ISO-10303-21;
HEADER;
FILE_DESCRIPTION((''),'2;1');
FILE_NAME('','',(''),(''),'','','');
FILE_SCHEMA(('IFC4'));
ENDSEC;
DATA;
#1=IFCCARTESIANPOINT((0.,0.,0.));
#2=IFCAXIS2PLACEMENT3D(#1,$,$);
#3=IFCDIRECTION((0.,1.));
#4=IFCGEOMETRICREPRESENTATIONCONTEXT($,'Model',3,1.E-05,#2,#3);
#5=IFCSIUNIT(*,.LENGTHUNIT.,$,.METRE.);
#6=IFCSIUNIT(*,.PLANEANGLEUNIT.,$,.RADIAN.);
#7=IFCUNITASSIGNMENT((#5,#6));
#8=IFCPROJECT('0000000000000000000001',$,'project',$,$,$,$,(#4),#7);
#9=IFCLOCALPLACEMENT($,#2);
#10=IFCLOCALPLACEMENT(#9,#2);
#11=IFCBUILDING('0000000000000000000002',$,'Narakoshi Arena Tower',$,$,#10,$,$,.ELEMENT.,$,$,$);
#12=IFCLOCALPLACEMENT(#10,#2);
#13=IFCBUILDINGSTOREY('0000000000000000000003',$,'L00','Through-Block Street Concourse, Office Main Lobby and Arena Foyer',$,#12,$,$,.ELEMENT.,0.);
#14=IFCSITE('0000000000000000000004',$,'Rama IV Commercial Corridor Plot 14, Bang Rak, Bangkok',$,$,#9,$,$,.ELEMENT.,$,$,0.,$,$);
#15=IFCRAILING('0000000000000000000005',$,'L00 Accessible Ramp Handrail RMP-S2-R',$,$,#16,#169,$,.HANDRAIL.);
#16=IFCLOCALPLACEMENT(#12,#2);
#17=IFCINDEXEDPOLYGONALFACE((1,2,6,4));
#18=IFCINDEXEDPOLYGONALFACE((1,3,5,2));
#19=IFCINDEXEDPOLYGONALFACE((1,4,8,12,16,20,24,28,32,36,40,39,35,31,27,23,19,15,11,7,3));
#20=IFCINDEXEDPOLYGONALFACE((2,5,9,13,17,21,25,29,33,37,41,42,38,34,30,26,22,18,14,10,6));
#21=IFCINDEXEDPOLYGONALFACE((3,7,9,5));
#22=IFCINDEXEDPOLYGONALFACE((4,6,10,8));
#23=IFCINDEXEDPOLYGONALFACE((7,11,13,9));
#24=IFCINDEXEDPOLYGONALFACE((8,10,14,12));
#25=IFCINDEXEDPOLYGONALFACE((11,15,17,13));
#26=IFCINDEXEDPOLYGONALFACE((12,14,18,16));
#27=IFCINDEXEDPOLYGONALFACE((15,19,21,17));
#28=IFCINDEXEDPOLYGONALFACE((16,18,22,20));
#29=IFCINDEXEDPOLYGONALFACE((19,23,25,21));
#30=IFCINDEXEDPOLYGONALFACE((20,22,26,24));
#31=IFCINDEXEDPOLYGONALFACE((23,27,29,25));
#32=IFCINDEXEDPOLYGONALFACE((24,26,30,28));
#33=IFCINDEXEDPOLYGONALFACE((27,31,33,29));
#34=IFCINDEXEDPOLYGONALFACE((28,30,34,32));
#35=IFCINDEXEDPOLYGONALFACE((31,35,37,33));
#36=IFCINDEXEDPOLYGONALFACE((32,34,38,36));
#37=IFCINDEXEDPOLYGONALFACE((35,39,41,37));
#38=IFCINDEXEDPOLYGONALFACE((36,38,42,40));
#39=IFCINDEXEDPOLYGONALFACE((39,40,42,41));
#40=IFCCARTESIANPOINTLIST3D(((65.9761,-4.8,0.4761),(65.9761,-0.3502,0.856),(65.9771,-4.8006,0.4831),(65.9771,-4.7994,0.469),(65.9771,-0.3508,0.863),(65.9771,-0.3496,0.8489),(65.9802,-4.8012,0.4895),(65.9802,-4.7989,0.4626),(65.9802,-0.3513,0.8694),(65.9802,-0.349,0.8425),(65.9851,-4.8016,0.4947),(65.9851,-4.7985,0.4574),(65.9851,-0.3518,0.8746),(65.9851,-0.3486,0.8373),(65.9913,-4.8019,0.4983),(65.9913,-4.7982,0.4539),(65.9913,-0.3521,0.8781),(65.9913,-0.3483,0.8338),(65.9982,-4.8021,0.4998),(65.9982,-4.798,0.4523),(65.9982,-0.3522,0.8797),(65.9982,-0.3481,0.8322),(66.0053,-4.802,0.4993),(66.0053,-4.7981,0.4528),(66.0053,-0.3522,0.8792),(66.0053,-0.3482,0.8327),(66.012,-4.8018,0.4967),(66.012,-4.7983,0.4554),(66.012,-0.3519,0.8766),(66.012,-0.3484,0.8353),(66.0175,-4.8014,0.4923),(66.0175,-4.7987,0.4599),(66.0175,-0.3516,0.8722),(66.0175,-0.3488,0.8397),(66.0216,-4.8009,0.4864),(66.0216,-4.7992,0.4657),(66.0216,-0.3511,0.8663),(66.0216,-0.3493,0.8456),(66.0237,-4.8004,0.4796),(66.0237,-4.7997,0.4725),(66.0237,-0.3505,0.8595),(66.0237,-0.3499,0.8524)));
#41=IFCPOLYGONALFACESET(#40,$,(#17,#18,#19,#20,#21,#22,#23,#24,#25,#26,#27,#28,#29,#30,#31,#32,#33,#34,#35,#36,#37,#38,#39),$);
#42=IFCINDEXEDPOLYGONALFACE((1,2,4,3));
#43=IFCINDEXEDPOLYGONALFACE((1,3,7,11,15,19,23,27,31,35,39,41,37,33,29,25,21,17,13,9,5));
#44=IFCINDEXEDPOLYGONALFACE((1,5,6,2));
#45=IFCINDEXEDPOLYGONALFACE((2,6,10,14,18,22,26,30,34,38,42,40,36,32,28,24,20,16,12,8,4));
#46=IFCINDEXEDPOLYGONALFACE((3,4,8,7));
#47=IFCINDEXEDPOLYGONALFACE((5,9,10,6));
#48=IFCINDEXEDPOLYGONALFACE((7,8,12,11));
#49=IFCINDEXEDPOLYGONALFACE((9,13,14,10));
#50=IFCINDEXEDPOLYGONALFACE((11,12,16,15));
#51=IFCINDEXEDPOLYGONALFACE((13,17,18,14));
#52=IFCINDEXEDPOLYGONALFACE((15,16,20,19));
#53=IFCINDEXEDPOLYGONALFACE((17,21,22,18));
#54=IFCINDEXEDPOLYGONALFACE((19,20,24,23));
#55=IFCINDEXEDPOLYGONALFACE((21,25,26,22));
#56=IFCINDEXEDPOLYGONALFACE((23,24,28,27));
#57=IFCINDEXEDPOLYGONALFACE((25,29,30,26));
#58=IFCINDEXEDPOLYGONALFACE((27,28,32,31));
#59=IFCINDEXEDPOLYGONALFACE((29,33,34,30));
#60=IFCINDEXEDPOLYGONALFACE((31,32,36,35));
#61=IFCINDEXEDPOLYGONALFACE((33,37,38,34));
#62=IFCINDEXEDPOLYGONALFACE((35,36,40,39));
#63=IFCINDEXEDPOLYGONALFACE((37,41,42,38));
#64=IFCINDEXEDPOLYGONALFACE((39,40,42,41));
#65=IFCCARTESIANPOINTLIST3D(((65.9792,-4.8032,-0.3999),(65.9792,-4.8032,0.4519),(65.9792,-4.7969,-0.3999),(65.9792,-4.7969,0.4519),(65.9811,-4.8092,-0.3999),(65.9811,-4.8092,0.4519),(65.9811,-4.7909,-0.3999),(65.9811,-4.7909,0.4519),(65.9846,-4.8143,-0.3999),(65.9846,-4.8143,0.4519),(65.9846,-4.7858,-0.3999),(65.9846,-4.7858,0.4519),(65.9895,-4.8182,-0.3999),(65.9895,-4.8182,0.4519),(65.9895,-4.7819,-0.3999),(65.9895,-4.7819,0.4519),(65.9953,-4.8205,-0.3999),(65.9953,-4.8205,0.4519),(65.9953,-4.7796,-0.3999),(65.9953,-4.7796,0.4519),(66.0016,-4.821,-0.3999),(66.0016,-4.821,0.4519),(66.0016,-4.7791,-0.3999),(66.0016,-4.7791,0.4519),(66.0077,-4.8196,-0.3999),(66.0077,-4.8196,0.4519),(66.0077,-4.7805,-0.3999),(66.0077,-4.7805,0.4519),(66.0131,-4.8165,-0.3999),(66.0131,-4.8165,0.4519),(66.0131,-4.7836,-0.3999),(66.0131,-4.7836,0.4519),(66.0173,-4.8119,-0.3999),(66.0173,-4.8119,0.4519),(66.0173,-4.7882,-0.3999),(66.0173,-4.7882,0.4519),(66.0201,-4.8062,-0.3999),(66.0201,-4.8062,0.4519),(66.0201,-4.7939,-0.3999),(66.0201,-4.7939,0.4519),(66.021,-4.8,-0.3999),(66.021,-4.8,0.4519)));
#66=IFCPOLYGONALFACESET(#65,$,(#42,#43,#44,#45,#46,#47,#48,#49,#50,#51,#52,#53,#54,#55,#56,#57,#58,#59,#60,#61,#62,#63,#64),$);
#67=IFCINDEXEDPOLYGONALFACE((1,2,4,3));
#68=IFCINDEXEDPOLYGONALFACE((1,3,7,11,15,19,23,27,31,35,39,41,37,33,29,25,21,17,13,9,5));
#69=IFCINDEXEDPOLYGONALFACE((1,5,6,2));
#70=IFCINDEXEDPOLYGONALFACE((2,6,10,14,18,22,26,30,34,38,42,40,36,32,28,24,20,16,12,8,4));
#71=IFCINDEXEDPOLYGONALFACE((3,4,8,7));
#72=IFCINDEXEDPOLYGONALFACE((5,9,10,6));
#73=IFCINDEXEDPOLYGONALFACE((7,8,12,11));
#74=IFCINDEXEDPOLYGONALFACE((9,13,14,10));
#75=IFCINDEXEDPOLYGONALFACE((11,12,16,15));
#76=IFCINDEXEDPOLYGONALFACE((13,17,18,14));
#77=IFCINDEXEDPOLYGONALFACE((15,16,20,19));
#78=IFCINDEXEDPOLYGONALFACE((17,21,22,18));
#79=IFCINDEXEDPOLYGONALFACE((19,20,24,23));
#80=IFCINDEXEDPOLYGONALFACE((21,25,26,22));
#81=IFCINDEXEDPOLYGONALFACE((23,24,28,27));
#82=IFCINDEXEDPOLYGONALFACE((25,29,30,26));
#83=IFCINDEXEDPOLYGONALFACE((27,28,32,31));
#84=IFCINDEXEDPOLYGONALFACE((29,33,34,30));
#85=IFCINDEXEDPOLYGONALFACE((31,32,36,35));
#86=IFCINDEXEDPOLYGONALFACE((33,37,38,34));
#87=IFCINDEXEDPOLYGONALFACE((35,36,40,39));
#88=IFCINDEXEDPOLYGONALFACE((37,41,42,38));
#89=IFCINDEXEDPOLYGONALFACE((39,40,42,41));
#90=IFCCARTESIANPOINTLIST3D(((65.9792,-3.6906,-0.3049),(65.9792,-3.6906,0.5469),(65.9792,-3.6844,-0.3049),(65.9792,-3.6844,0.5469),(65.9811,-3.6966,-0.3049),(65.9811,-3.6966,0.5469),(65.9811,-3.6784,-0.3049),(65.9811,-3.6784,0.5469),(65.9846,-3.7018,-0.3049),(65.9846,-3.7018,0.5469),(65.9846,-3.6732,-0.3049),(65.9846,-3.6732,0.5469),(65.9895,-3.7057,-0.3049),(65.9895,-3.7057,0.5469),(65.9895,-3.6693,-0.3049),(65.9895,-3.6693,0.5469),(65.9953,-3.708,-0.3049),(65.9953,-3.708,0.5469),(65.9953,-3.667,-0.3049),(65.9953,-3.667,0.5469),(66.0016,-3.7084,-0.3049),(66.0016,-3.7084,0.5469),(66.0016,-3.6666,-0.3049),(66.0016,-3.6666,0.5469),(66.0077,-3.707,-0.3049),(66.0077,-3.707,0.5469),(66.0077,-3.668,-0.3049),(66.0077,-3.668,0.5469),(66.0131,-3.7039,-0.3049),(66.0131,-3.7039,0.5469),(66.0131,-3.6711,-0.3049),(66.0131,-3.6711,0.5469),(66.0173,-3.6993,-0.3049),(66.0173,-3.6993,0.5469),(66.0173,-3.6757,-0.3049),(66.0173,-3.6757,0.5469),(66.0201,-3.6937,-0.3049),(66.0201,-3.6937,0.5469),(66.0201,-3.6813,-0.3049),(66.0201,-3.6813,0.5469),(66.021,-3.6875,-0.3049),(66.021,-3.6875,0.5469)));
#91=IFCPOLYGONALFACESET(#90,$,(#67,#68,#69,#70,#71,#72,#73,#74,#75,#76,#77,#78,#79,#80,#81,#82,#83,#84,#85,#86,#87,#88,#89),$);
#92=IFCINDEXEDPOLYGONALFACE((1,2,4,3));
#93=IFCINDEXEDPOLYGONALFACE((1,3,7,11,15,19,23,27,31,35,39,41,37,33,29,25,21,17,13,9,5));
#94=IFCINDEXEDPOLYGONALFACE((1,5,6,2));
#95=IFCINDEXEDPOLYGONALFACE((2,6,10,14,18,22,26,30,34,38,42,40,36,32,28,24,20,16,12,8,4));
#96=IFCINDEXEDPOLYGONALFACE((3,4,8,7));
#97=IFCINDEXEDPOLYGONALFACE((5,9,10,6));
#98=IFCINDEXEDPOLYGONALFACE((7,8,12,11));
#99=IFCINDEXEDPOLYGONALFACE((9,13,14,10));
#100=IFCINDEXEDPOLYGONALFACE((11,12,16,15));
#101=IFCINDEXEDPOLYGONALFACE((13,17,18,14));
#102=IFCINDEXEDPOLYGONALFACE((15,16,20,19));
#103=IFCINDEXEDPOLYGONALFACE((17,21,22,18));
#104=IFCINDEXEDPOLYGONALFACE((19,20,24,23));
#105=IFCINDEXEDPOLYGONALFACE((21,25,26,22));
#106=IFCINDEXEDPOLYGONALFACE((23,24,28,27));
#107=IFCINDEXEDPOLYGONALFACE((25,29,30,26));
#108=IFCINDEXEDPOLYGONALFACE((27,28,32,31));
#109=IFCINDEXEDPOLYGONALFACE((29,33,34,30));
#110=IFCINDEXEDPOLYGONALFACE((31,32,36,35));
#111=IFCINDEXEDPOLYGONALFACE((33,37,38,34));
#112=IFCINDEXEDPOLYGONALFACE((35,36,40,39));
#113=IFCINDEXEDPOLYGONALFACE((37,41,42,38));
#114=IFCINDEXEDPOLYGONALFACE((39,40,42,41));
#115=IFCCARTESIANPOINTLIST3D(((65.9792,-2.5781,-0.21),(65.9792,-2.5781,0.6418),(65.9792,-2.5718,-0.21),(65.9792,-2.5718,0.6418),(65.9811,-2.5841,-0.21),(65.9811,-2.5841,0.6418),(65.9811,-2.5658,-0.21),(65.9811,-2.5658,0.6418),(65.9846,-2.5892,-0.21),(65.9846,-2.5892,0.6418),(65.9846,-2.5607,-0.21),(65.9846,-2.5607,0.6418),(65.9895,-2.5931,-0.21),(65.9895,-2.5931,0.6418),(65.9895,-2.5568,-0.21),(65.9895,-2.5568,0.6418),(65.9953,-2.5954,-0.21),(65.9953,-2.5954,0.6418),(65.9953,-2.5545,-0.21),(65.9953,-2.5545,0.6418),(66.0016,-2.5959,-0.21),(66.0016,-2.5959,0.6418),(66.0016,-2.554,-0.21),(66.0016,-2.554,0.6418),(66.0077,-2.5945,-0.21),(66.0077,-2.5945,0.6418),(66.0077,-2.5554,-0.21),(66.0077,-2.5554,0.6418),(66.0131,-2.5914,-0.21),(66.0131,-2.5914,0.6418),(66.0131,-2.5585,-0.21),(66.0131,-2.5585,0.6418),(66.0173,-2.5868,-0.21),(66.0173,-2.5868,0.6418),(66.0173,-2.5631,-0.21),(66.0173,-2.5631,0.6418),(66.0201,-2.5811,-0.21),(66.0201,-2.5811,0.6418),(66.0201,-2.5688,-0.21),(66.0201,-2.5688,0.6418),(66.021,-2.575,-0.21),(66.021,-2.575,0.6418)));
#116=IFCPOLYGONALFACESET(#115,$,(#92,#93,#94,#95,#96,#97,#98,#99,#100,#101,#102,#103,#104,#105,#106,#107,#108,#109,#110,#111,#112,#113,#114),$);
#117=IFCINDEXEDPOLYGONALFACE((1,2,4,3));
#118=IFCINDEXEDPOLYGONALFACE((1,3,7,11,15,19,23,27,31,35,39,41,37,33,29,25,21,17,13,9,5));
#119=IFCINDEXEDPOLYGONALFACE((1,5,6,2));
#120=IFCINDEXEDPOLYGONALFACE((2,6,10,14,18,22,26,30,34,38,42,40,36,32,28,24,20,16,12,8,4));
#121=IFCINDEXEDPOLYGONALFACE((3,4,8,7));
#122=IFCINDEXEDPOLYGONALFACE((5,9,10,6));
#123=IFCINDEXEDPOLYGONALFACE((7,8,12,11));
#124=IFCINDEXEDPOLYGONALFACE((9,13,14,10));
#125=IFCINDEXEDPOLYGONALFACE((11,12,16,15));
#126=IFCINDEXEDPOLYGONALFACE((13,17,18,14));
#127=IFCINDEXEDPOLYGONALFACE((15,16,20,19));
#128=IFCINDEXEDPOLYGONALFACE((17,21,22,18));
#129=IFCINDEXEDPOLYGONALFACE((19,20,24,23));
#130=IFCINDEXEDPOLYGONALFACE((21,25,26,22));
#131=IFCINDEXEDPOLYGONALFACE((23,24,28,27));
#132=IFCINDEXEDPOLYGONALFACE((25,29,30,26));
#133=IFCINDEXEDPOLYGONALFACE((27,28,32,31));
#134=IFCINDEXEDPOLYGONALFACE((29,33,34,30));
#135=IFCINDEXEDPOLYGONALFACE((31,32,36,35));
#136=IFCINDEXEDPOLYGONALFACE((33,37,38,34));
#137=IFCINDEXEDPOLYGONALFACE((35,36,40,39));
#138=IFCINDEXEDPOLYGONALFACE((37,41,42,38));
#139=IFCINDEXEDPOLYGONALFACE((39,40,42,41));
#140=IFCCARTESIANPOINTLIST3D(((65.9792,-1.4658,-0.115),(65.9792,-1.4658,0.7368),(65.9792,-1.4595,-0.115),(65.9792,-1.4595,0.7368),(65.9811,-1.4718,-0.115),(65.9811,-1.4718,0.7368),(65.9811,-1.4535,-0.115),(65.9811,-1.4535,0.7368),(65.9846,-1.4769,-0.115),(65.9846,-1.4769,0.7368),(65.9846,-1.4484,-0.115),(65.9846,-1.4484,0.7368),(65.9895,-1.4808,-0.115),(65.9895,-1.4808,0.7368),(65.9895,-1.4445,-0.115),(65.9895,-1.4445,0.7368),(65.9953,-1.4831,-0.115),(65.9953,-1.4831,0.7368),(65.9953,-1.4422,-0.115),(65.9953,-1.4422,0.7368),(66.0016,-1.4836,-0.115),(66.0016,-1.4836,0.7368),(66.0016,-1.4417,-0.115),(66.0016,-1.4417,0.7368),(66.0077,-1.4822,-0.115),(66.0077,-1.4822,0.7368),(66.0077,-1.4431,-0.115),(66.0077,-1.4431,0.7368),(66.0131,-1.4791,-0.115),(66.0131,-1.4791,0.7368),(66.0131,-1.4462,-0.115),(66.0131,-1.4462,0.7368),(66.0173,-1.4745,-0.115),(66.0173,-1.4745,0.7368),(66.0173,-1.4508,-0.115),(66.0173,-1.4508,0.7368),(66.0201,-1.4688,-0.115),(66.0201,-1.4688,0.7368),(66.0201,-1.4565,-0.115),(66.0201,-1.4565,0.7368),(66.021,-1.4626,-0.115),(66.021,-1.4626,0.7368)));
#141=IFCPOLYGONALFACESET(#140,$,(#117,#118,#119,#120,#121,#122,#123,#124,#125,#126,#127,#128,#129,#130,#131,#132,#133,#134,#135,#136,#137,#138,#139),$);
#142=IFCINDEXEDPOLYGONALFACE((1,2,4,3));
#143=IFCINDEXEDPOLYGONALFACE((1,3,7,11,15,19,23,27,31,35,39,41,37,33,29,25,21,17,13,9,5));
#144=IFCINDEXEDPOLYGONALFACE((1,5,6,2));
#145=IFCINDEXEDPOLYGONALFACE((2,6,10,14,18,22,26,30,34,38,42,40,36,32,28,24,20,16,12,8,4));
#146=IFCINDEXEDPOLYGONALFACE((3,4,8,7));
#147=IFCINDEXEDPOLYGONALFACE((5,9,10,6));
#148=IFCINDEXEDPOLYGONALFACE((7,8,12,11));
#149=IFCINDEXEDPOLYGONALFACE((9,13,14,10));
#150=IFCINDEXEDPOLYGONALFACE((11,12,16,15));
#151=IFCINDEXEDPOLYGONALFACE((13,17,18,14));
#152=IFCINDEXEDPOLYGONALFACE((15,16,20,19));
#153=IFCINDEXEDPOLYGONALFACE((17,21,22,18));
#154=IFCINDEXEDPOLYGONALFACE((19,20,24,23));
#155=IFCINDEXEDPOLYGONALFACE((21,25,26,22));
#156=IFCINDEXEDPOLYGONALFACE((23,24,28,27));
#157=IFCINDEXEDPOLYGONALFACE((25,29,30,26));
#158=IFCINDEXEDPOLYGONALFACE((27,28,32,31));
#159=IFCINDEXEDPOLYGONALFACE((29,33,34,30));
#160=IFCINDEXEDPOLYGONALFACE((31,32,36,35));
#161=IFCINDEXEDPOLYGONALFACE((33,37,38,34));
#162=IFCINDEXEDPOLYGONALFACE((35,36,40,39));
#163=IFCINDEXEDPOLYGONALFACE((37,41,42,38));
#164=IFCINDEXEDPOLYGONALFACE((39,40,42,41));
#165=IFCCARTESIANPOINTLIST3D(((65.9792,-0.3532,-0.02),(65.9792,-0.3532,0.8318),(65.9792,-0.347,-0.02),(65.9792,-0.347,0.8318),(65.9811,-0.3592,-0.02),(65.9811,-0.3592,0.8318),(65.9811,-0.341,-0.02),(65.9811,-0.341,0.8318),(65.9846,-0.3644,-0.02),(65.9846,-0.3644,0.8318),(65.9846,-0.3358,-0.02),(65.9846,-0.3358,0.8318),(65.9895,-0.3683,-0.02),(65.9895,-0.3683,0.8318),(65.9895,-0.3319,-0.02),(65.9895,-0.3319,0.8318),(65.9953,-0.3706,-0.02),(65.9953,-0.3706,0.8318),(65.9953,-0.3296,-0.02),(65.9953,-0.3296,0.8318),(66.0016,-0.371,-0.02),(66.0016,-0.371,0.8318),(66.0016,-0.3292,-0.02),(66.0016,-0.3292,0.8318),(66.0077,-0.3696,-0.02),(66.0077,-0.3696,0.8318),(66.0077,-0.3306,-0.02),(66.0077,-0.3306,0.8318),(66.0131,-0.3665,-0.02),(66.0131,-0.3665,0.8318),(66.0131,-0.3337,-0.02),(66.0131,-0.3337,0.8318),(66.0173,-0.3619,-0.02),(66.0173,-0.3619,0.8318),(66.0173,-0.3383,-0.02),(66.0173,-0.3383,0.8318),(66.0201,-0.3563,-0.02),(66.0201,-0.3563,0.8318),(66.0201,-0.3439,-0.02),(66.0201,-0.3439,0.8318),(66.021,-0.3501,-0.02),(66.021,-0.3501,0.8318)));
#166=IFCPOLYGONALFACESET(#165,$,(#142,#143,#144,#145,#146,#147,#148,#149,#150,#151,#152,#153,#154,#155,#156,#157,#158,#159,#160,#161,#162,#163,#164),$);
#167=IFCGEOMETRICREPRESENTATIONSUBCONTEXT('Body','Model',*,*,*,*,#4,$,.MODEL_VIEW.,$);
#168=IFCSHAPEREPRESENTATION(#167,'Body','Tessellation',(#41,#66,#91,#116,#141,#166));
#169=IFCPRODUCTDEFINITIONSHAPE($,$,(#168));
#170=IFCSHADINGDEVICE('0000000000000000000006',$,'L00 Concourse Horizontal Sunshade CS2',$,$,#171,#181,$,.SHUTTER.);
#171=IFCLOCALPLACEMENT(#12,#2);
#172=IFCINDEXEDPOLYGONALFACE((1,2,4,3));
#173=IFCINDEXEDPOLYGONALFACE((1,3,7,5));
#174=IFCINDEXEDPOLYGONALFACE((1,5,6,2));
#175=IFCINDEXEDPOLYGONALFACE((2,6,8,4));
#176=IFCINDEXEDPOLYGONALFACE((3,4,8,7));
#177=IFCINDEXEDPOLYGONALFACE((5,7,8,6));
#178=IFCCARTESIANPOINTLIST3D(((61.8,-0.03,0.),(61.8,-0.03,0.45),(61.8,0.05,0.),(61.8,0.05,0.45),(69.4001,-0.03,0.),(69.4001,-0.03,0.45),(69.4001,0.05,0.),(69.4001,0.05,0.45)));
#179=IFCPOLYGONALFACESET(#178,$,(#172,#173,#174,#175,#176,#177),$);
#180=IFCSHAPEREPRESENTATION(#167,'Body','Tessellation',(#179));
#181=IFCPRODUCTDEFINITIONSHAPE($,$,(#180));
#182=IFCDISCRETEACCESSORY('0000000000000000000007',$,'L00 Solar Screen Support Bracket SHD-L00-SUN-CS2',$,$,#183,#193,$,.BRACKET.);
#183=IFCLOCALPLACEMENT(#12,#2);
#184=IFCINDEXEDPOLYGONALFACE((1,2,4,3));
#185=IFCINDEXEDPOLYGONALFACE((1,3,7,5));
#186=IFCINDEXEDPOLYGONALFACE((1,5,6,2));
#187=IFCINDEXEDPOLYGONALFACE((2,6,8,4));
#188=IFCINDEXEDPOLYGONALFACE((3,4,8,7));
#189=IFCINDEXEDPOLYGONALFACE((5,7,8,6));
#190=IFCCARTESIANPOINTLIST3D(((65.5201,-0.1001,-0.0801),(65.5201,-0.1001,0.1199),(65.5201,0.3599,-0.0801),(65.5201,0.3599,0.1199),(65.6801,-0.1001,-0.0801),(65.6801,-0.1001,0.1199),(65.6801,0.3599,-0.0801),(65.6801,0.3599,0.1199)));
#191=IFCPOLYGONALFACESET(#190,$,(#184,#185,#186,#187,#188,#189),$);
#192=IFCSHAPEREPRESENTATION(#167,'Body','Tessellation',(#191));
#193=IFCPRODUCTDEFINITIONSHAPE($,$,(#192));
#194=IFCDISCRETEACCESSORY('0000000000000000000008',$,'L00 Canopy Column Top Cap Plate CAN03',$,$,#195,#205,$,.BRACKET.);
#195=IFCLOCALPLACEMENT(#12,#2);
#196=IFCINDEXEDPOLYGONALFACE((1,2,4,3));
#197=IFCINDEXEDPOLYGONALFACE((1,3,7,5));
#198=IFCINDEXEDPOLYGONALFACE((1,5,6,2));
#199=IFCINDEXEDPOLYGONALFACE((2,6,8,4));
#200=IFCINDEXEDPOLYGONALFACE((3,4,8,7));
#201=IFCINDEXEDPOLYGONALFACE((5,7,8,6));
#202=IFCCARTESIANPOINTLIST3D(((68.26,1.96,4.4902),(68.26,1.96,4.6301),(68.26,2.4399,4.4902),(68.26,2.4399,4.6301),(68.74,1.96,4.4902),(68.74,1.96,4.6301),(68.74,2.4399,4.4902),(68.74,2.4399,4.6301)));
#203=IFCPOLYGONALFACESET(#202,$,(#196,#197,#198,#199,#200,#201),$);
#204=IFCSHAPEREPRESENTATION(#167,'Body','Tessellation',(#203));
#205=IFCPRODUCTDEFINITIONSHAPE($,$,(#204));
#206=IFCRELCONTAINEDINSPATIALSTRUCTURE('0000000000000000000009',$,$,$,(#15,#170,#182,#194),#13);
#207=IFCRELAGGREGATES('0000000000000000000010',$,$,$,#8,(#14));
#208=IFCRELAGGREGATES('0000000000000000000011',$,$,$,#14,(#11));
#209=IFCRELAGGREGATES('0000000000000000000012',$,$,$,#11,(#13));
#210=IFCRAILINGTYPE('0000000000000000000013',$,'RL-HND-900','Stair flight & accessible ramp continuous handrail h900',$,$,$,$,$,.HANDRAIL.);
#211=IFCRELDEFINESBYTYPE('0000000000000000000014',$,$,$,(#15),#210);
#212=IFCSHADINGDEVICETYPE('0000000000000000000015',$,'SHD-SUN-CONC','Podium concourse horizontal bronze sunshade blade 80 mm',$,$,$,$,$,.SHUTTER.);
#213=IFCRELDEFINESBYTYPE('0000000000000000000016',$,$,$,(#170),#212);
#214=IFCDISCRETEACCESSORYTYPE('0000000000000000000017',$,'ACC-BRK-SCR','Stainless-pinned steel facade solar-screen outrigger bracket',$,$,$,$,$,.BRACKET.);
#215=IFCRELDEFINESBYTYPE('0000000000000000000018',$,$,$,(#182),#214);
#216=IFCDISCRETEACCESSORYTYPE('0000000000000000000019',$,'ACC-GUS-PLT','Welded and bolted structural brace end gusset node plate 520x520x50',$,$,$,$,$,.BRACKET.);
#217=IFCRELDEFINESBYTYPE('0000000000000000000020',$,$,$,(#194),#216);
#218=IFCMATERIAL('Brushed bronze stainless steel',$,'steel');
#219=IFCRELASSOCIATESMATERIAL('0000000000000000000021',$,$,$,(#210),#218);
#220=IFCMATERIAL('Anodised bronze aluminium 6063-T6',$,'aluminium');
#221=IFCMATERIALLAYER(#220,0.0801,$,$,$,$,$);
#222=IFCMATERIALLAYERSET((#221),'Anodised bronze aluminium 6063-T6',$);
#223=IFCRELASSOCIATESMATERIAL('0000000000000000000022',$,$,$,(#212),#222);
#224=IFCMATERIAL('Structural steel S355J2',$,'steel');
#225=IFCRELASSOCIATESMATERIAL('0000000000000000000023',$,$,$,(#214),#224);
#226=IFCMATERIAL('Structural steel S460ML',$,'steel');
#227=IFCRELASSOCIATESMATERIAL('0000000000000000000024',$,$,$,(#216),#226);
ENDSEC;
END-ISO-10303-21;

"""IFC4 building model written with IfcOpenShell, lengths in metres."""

from ifc_helpers import new_model, si_unit, direction, frame, origin, origin_2d, place, context, subcontext, project, spatial, rectangle, circle, extrude, material, layer, layer_set, type_object, element, save


model = new_model("IFC4")

# Units and contexts
model_context = context("Model", 3, precision=1e-05, world=origin(), true_north=direction((0.0, 1.0)))
body_context = subcontext(model_context, "Body", "Model", "MODEL_VIEW")
ifc_project = project(units=[si_unit("LENGTHUNIT", "METRE"), si_unit("PLANEANGLEUNIT", "RADIAN")], contexts=[model_context])

# Site, building, storey
site_placement = place(None, origin())
site = spatial("IfcSite", under=ifc_project, at=site_placement, Name="Rama IV Commercial Corridor Plot 14, Bang Rak, Bangkok", CompositionType="ELEMENT", RefElevation=0.0)
building_placement = place(site_placement, origin())
building = spatial("IfcBuilding", under=site, at=building_placement, Name="Narakoshi Arena Tower", CompositionType="ELEMENT")
storey_placement = place(building_placement, origin())
storey = spatial("IfcBuildingStorey", under=building, at=storey_placement, Name="L00", Description="Through-Block Street Concourse, Office Main Lobby and Arena Foyer", CompositionType="ELEMENT", Elevation=0.0)

# Shared definitions
ifc_material_1 = material(Name="Structural steel S355J2", Category="steel")

# Shared definitions
ifc_material_2 = material(Name="Anodised bronze aluminium 6063-T6", Category="aluminium")

# Railing
ifc_material_3 = material(Name="Brushed bronze stainless steel", Category="steel")
railing_type = type_object("IfcRailingType", Name="RL-HND-900", Description="Stair flight & accessible ramp continuous handrail h900", PredefinedType="HANDRAIL", material=ifc_material_3)
railing_placement = place(storey_placement, frame((66.0, -4.8, -0.3999)))
element("IfcRailing", 1, at=railing_placement, inside=storey, type_object=railing_type, Name="L00 Accessible Ramp Handrail RMP-S2-R", PredefinedType="HANDRAIL", context=body_context, shape_type="SweptSolid", body=[
    extrude(circle(Radius=0.0239, at=origin_2d()), frame((0.0, 0.0, 0.876), z_axis=(0.0, 0.996376, 0.085058), x_axis=(-1.0, 0.0, 0.0)), (0.0, 0.0, 1.0), 4.4661),
    extrude(circle(Radius=0.021, at=origin_2d()), origin(), (0.0, 0.0, 1.0), 0.8518),
    extrude(circle(Radius=0.021, at=origin_2d()), frame((0.0, 1.1125, 0.095)), (0.0, 0.0, 1.0), 0.8518),
    extrude(circle(Radius=0.021, at=origin_2d()), frame((0.0, 2.2251, 0.1899)), (0.0, 0.0, 1.0), 0.8518),
    extrude(circle(Radius=0.021, at=origin_2d()), frame((0.0, 3.3374, 0.2849)), (0.0, 0.0, 1.0), 0.8518),
    extrude(circle(Radius=0.021, at=origin_2d()), frame((0.0, 4.45, 0.3799)), (0.0, 0.0, 1.0), 0.8518),
])

# Shading device
ifc_layer_1 = layer(ifc_material_2, 0.0801)
ifc_layer_set_1 = layer_set([ifc_layer_1], Name="Anodised bronze aluminium 6063-T6")
shading_device_type = type_object("IfcShadingDeviceType", Name="SHD-SUN-CONC", Description="Podium concourse horizontal bronze sunshade blade 80 mm", PredefinedType="SHUTTER", material=ifc_layer_set_1)
shading_device_placement = place(storey_placement, frame((65.6001, 0.01, 0.0), z_axis=(0.0, 0.0, 1.0), x_axis=(1.0, 0.0, 0.0)))
element("IfcShadingDevice", 2, at=shading_device_placement, inside=storey, type_object=shading_device_type, Name="L00 Concourse Horizontal Sunshade CS2", PredefinedType="SHUTTER", context=body_context, shape_type="SweptSolid", body=[
    extrude(rectangle(XDim=7.6001, YDim=0.0801, at=origin_2d()), origin(), (0.0, 0.0, 1.0), 0.45),
])

# Discrete accessories
discrete_accessory_type_1 = type_object("IfcDiscreteAccessoryType", Name="ACC-BRK-SCR", Description="Stainless-pinned steel facade solar-screen outrigger bracket", PredefinedType="BRACKET", material=ifc_material_1)
discrete_accessory_1_placement = place(storey_placement, frame((65.6001, 0.1299, -0.0801), z_axis=(0.0, 0.0, 1.0), x_axis=(1.0, 0.0, 0.0)))
element("IfcDiscreteAccessory", 3, at=discrete_accessory_1_placement, inside=storey, type_object=discrete_accessory_type_1, Name="L00 Solar Screen Support Bracket SHD-L00-SUN-CS2", PredefinedType="BRACKET", context=body_context, shape_type="SweptSolid", body=[
    extrude(rectangle(XDim=0.1599, YDim=0.46, at=origin_2d()), origin(), (0.0, 0.0, 1.0), 0.2),
])
ifc_material_4 = material(Name="Structural steel S460ML", Category="steel")
discrete_accessory_type_2 = type_object("IfcDiscreteAccessoryType", Name="ACC-GUS-PLT", Description="Welded and bolted structural brace end gusset node plate 520x520x50", PredefinedType="BRACKET", material=ifc_material_4)
discrete_accessory_2_placement = place(storey_placement, frame((68.5, 2.2, 4.4902), z_axis=(0.0, 0.0, 1.0), x_axis=(1.0, 0.0, 0.0)))
element("IfcDiscreteAccessory", 4, at=discrete_accessory_2_placement, inside=storey, type_object=discrete_accessory_type_2, Name="L00 Canopy Column Top Cap Plate CAN03", PredefinedType="BRACKET", context=body_context, shape_type="SweptSolid", body=[
    extrude(rectangle(XDim=0.48, YDim=0.48, at=origin_2d()), origin(), (0.0, 0.0, 1.0), 0.1399),
])

save(model, "model.ifc")
